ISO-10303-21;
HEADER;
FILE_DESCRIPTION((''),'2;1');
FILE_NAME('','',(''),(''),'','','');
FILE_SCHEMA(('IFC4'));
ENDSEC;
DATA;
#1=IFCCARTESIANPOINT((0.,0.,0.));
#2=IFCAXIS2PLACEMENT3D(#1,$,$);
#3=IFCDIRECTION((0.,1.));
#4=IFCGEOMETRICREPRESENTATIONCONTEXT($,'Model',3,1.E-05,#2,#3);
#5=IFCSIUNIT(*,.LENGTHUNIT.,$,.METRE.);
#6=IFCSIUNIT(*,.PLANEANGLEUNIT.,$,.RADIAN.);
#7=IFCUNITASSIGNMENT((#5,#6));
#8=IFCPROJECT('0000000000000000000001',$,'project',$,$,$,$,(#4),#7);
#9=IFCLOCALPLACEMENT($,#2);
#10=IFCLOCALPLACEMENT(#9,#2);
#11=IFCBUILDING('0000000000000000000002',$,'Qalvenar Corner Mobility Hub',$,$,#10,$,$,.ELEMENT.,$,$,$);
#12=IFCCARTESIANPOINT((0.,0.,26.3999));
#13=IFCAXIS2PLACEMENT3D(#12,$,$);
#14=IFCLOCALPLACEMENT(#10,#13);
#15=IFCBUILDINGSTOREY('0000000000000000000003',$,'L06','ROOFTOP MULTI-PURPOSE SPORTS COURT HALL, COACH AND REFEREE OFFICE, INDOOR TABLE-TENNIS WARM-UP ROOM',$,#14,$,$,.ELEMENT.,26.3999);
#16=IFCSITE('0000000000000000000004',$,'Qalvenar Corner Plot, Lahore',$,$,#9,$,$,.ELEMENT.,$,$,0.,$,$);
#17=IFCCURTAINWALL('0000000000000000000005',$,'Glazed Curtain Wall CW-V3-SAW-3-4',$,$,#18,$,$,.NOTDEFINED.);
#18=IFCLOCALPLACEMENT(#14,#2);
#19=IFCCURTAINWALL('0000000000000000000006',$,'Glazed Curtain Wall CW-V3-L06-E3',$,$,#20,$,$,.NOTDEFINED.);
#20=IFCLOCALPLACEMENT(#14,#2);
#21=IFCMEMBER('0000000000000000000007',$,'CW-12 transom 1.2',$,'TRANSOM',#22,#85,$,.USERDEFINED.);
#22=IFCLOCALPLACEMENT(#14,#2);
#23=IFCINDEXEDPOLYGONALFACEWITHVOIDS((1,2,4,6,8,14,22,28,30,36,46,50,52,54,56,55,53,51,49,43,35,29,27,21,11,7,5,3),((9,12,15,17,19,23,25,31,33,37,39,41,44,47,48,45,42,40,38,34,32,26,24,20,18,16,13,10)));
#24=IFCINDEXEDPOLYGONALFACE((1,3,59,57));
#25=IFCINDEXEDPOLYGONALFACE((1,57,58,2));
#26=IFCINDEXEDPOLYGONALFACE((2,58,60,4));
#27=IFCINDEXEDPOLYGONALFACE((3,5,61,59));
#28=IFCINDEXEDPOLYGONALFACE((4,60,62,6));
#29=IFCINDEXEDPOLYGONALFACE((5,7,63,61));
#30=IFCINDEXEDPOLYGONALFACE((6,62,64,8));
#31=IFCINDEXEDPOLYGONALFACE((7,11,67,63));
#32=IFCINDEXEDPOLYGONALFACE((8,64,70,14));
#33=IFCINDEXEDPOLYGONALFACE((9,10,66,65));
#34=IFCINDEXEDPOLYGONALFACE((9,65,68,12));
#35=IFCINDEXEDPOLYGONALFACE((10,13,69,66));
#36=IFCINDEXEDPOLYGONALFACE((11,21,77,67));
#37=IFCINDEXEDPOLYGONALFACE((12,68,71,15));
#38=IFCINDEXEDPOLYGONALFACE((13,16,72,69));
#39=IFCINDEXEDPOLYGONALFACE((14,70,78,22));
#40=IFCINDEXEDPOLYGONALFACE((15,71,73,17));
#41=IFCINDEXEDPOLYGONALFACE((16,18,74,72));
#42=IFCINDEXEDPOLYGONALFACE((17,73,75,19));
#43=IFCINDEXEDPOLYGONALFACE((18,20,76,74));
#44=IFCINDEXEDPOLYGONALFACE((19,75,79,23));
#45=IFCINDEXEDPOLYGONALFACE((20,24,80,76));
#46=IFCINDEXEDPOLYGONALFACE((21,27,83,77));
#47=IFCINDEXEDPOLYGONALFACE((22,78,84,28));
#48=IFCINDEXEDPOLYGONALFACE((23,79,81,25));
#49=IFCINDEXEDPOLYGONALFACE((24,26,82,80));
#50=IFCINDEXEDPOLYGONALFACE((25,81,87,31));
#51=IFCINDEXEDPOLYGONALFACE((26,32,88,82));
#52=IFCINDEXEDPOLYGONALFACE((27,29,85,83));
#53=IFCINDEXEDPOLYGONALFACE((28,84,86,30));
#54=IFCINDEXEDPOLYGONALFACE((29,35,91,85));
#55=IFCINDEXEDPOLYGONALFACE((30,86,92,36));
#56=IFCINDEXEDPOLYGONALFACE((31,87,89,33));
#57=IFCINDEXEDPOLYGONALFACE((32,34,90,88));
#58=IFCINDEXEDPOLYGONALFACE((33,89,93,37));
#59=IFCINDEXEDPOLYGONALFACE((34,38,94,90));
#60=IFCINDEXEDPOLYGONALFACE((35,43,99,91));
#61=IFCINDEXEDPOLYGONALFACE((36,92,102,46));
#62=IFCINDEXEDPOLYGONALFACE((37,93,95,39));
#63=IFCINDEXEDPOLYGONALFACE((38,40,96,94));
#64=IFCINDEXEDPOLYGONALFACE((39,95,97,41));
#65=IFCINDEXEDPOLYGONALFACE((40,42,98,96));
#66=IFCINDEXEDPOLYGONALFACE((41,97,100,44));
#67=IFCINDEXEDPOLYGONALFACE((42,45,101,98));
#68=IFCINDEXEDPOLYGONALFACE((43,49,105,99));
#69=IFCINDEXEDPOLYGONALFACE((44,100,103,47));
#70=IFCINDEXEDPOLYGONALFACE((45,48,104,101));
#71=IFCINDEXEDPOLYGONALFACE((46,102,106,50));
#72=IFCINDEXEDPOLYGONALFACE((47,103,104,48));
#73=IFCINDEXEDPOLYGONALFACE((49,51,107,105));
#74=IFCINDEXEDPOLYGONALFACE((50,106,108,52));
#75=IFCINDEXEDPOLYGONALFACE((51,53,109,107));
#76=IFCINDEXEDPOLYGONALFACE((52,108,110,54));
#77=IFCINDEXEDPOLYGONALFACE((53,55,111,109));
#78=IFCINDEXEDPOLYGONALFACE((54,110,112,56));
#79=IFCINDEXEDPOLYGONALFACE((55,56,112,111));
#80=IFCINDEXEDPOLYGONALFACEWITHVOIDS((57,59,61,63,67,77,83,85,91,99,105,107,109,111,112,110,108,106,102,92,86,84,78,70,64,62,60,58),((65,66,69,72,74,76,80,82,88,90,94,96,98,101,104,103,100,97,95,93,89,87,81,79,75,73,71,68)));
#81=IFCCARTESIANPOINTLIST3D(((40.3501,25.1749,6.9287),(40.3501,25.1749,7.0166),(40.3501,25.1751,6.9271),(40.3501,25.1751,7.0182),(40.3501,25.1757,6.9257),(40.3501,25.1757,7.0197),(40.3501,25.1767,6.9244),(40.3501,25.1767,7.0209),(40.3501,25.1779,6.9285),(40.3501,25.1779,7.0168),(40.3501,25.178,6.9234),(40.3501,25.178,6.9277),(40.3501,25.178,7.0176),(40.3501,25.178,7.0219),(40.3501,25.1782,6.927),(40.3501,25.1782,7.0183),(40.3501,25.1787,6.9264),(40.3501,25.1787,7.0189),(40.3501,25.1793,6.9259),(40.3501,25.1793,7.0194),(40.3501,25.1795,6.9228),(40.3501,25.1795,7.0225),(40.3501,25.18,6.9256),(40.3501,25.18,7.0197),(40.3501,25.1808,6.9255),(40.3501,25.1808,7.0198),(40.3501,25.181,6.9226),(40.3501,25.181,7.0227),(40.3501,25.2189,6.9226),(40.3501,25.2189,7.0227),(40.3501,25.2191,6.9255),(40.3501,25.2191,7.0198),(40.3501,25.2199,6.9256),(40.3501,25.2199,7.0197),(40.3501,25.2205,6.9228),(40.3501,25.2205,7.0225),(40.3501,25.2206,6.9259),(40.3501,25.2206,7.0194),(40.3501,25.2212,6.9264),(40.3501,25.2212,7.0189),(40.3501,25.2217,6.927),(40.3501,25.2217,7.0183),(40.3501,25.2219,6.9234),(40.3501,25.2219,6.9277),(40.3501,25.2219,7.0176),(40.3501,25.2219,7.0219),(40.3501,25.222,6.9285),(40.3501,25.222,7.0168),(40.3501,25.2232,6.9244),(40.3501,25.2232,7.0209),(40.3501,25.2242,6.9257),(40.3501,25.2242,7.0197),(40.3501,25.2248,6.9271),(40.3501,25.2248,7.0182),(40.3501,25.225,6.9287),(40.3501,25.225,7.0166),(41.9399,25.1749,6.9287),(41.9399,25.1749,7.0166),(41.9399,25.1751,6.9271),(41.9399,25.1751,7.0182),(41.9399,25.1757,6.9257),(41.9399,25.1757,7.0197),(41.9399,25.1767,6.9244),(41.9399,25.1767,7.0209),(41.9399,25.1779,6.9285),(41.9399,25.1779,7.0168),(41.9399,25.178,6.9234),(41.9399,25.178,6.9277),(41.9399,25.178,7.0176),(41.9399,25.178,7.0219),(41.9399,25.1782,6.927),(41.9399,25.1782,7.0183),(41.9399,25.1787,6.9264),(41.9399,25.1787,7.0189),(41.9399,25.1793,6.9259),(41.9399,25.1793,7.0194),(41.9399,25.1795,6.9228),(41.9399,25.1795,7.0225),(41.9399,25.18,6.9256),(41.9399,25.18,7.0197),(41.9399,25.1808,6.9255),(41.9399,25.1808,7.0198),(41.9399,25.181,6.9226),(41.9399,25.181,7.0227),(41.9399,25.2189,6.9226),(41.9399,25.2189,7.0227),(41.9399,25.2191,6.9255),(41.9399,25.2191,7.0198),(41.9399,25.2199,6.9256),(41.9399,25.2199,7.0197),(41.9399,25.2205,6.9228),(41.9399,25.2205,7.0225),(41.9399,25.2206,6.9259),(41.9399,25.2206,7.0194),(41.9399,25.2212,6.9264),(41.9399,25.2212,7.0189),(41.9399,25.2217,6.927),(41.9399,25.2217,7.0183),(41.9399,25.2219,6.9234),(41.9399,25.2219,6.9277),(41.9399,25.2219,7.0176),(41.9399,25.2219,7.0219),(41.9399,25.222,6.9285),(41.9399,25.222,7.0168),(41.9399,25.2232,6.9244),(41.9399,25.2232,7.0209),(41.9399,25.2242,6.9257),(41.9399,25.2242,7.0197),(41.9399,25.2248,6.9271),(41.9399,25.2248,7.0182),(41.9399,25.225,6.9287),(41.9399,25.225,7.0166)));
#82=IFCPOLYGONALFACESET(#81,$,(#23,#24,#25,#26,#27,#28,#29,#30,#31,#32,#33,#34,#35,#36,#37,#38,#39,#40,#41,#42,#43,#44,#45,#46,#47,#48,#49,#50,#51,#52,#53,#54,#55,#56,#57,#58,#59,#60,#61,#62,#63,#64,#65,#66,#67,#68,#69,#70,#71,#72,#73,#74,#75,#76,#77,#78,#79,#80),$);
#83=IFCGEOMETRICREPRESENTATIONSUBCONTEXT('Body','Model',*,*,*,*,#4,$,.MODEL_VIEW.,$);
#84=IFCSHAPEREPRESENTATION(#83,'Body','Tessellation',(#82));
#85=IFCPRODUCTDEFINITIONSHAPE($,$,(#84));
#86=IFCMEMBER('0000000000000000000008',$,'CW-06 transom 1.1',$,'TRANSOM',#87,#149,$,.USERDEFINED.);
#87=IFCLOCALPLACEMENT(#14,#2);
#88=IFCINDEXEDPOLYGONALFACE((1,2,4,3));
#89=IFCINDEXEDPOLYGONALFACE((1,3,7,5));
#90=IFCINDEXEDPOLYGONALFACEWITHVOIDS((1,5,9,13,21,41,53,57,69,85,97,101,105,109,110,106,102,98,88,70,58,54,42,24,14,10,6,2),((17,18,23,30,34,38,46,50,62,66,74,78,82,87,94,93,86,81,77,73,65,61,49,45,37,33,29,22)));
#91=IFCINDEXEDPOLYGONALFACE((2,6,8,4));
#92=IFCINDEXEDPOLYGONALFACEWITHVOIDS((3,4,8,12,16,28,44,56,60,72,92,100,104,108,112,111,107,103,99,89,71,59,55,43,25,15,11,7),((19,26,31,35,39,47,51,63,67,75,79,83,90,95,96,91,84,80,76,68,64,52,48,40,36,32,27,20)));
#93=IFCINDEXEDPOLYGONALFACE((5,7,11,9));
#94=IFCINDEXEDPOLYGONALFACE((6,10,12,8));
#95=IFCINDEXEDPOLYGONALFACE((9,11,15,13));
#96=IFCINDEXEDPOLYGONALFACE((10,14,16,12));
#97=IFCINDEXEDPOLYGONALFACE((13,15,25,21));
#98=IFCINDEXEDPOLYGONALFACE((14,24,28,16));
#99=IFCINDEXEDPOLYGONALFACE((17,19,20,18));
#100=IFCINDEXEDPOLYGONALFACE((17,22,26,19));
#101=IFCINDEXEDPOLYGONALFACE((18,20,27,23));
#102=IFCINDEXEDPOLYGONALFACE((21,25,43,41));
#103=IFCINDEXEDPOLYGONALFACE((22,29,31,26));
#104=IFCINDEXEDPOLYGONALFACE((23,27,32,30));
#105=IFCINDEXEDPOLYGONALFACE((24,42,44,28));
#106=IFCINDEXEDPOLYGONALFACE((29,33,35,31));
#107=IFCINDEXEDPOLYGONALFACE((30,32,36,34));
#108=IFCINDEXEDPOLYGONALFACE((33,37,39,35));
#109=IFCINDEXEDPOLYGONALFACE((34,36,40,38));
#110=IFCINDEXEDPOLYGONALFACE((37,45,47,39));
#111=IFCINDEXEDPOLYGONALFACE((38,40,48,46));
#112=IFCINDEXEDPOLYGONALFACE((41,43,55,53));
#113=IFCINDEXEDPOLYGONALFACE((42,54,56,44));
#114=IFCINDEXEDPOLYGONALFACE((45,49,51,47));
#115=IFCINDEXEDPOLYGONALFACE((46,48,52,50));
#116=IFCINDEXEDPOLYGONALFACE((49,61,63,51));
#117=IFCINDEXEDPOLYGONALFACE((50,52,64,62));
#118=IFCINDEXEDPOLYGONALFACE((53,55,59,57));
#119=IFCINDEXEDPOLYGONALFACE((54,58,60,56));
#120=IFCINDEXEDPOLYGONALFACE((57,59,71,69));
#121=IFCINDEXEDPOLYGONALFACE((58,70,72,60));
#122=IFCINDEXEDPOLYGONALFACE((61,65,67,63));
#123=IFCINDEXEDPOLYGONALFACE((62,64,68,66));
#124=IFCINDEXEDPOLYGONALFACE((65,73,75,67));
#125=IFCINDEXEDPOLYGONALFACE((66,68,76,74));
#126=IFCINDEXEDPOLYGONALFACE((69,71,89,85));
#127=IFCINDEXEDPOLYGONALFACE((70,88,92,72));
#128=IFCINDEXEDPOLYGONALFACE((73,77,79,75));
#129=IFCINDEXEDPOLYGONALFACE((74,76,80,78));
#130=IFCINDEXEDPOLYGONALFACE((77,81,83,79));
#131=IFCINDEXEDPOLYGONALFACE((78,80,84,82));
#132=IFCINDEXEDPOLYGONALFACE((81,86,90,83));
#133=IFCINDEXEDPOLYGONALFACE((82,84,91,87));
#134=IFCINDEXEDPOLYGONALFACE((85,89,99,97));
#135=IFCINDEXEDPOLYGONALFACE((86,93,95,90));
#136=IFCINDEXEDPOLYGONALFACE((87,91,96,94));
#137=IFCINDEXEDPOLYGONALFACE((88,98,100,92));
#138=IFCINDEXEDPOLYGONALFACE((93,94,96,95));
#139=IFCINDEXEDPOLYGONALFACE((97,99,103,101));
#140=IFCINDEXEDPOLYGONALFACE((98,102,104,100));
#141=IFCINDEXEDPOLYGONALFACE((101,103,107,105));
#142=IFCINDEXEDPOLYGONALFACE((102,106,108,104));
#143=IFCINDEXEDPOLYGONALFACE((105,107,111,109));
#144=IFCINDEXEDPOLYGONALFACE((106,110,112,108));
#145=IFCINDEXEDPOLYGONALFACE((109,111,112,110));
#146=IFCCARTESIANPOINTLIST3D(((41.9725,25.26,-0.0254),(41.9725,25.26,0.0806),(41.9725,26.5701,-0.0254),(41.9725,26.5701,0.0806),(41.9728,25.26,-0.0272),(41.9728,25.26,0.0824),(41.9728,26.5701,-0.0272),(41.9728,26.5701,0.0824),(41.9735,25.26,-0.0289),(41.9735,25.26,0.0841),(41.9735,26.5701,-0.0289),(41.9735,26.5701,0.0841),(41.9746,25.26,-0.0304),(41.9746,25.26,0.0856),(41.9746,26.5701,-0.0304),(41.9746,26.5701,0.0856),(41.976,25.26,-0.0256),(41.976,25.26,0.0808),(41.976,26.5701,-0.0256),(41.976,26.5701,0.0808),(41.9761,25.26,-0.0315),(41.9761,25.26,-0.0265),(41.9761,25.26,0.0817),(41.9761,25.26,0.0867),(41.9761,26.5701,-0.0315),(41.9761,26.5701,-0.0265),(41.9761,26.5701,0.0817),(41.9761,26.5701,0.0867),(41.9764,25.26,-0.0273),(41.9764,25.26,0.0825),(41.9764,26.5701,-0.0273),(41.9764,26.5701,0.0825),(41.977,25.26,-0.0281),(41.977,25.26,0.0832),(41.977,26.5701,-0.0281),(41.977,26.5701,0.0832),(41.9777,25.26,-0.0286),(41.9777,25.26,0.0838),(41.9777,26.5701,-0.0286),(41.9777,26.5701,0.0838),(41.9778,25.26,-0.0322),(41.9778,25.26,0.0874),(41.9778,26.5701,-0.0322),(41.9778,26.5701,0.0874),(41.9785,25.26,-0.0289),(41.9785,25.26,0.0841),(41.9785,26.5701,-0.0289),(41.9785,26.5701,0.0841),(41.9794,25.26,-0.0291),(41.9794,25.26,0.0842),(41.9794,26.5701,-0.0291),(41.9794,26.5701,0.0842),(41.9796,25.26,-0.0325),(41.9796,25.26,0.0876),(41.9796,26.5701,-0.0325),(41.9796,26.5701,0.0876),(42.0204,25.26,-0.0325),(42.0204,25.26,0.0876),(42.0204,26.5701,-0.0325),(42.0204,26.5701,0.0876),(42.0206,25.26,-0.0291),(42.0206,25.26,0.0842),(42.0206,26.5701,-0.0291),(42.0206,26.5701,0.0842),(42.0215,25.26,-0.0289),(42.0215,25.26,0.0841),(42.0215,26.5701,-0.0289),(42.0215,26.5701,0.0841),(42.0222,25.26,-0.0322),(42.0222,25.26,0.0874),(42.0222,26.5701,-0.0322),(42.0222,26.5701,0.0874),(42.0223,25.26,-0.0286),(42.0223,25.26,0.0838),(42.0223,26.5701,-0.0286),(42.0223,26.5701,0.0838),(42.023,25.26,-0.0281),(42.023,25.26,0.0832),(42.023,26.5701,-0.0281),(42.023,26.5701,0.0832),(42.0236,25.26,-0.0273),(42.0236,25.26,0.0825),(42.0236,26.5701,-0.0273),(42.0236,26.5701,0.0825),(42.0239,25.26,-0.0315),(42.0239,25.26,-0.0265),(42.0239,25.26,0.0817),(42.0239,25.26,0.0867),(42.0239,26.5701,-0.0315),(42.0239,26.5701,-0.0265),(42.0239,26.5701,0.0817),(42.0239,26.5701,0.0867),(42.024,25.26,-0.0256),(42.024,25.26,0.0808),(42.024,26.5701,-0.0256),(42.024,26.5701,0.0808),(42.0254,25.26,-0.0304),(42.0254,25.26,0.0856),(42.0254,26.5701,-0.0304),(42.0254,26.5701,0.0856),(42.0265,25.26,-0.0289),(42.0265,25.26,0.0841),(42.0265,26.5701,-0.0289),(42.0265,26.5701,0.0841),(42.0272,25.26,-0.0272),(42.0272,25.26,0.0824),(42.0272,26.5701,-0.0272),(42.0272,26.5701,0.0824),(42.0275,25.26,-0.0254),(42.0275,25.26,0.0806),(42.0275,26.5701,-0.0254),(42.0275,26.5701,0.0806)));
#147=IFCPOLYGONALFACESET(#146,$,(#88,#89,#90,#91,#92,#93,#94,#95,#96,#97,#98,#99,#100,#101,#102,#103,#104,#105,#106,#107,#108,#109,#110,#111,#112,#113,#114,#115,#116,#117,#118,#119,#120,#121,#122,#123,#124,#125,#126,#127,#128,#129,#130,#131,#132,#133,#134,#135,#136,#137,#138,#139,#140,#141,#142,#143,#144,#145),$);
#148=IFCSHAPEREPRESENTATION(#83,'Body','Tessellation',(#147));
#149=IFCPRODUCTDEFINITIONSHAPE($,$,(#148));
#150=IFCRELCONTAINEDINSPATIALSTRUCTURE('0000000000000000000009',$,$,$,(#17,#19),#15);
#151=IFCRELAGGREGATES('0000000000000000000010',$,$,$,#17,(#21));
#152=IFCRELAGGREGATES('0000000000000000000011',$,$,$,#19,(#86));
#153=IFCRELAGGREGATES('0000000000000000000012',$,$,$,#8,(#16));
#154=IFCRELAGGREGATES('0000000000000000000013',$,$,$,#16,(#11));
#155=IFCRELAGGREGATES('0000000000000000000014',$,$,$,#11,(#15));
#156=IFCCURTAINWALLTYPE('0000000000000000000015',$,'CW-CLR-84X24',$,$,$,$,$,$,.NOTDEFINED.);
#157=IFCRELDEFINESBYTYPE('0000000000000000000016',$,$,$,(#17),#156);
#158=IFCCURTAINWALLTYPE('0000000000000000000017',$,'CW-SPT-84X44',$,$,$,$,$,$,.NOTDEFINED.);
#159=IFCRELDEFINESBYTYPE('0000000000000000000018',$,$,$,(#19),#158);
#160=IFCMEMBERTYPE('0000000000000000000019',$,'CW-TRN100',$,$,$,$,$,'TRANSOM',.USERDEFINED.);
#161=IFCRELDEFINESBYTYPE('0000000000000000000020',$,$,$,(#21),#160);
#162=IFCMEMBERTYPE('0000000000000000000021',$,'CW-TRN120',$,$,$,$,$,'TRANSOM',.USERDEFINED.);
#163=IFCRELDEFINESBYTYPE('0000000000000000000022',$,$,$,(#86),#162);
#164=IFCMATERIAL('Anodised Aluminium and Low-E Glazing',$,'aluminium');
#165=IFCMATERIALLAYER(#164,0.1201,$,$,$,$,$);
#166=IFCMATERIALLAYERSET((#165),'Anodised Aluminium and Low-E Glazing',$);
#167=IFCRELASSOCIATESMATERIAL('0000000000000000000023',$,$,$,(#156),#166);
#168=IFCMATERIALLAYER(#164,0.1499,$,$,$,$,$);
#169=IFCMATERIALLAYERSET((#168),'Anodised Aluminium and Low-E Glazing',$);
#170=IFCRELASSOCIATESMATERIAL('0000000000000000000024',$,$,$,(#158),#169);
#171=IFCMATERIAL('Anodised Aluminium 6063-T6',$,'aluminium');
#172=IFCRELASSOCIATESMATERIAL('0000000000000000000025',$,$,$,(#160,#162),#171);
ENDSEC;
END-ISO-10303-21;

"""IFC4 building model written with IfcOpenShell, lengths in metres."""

from ifc_helpers import new_model, si_unit, direction, frame, origin, origin_2d, place, context, subcontext, project, spatial, hollow_rectangle, extrude, material, layer, layer_set, material_profile, profile_set, type_object, element, aggregate, save


model = new_model("IFC4")

# Units and contexts
model_context = context("Model", 3, precision=1e-05, world=origin(), true_north=direction((0.0, 1.0)))
body_context = subcontext(model_context, "Body", "Model", "MODEL_VIEW")
ifc_project = project(units=[si_unit("LENGTHUNIT", "METRE"), si_unit("PLANEANGLEUNIT", "RADIAN")], contexts=[model_context])

# Site, building, storey
site_placement = place(None, origin())
site = spatial("IfcSite", under=ifc_project, at=site_placement, Name="Qalvenar Corner Plot, Lahore", CompositionType="ELEMENT", RefElevation=0.0)
building_placement = place(site_placement, origin())
building = spatial("IfcBuilding", under=site, at=building_placement, Name="Qalvenar Corner Mobility Hub", CompositionType="ELEMENT")
storey_placement = place(building_placement, frame((0.0, 0.0, 26.3999)))
storey = spatial("IfcBuildingStorey", under=building, at=storey_placement, Name="L06", Description="ROOFTOP MULTI-PURPOSE SPORTS COURT HALL, COACH AND REFEREE OFFICE, INDOOR TABLE-TENNIS WARM-UP ROOM", CompositionType="ELEMENT", Elevation=26.3999)

# Curtain wall
ifc_material_1 = material(Name="Anodised Aluminium and Low-E Glazing", Category="aluminium")
ifc_layer_1 = layer(ifc_material_1, 0.1201)
ifc_layer_set_1 = layer_set([ifc_layer_1], Name="Anodised Aluminium and Low-E Glazing")
curtain_wall_type_1 = type_object("IfcCurtainWallType", Name="CW-CLR-84X24", PredefinedType="NOTDEFINED", material=ifc_layer_set_1)
curtain_wall_1_placement = place(storey_placement, origin())
curtain_wall_1 = element("IfcCurtainWall", 1, at=curtain_wall_1_placement, inside=storey, type_object=curtain_wall_type_1, Name="Glazed Curtain Wall CW-V3-SAW-3-4", PredefinedType="NOTDEFINED")
ifc_material_2 = material(Name="Anodised Aluminium 6063-T6", Category="aluminium")

# Curtain wall
ifc_layer_2 = layer(ifc_material_1, 0.1499)
ifc_layer_set_2 = layer_set([ifc_layer_2], Name="Anodised Aluminium and Low-E Glazing")
curtain_wall_type_2 = type_object("IfcCurtainWallType", Name="CW-SPT-84X44", PredefinedType="NOTDEFINED", material=ifc_layer_set_2)
curtain_wall_2_placement = place(storey_placement, origin())
curtain_wall_2 = element("IfcCurtainWall", 2, at=curtain_wall_2_placement, inside=storey, type_object=curtain_wall_type_2, Name="Glazed Curtain Wall CW-V3-L06-E3", PredefinedType="NOTDEFINED")

# Members
ifc_material_profile_1 = material_profile(ifc_material_2, hollow_rectangle(XDim=0.05, YDim=0.1001, WallThickness=0.0029, InnerFilletRadius=0.0029, OuterFilletRadius=0.0061, at=origin_2d()), Name="RHS100x50x3")
ifc_profile_set_1 = profile_set([ifc_material_profile_1], Name="Anodised Aluminium 6063-T6")
member_type_1 = type_object("IfcMemberType", Name="CW-TRN100", ElementType="TRANSOM", PredefinedType="USERDEFINED", material=ifc_profile_set_1)
member_1_placement = place(storey_placement, frame((41.9399, 25.2, 6.9727), z_axis=(-1.0, 0.0, 0.0), x_axis=(0.0, -1.0, 0.0)))
member_1 = element("IfcMember", 3, at=member_1_placement, type_object=member_type_1, Name="CW-12 transom 1.2", ObjectType="TRANSOM", PredefinedType="USERDEFINED", context=body_context, shape_type="SweptSolid", body=[
    extrude(hollow_rectangle(XDim=0.05, YDim=0.1001, WallThickness=0.0029, InnerFilletRadius=0.0029, OuterFilletRadius=0.0061, at=origin_2d()), origin(), (0.0, 0.0, 1.0), 1.5898),
])
aggregate(curtain_wall_1, [member_1])
ifc_material_profile_2 = material_profile(ifc_material_2, hollow_rectangle(XDim=0.0549, YDim=0.1201, WallThickness=0.0034, InnerFilletRadius=0.0034, OuterFilletRadius=0.0071, at=origin_2d()), Name="RHS120x55x3.5")
ifc_profile_set_2 = profile_set([ifc_material_profile_2], Name="Anodised Aluminium 6063-T6")
member_type_2 = type_object("IfcMemberType", Name="CW-TRN120", ElementType="TRANSOM", PredefinedType="USERDEFINED", material=ifc_profile_set_2)
member_2_placement = place(storey_placement, frame((42.0, 25.26, 0.0276), z_axis=(0.0, 1.0, 0.0), x_axis=(-1.0, 0.0, 0.0)))
member_2 = element("IfcMember", 4, at=member_2_placement, type_object=member_type_2, Name="CW-06 transom 1.1", ObjectType="TRANSOM", PredefinedType="USERDEFINED", context=body_context, shape_type="SweptSolid", body=[
    extrude(hollow_rectangle(XDim=0.0549, YDim=0.1201, WallThickness=0.0034, InnerFilletRadius=0.0034, OuterFilletRadius=0.0071, at=origin_2d()), origin(), (0.0, 0.0, 1.0), 1.3101),
])

aggregate(curtain_wall_2, [member_2])

save(model, "model.ifc")
